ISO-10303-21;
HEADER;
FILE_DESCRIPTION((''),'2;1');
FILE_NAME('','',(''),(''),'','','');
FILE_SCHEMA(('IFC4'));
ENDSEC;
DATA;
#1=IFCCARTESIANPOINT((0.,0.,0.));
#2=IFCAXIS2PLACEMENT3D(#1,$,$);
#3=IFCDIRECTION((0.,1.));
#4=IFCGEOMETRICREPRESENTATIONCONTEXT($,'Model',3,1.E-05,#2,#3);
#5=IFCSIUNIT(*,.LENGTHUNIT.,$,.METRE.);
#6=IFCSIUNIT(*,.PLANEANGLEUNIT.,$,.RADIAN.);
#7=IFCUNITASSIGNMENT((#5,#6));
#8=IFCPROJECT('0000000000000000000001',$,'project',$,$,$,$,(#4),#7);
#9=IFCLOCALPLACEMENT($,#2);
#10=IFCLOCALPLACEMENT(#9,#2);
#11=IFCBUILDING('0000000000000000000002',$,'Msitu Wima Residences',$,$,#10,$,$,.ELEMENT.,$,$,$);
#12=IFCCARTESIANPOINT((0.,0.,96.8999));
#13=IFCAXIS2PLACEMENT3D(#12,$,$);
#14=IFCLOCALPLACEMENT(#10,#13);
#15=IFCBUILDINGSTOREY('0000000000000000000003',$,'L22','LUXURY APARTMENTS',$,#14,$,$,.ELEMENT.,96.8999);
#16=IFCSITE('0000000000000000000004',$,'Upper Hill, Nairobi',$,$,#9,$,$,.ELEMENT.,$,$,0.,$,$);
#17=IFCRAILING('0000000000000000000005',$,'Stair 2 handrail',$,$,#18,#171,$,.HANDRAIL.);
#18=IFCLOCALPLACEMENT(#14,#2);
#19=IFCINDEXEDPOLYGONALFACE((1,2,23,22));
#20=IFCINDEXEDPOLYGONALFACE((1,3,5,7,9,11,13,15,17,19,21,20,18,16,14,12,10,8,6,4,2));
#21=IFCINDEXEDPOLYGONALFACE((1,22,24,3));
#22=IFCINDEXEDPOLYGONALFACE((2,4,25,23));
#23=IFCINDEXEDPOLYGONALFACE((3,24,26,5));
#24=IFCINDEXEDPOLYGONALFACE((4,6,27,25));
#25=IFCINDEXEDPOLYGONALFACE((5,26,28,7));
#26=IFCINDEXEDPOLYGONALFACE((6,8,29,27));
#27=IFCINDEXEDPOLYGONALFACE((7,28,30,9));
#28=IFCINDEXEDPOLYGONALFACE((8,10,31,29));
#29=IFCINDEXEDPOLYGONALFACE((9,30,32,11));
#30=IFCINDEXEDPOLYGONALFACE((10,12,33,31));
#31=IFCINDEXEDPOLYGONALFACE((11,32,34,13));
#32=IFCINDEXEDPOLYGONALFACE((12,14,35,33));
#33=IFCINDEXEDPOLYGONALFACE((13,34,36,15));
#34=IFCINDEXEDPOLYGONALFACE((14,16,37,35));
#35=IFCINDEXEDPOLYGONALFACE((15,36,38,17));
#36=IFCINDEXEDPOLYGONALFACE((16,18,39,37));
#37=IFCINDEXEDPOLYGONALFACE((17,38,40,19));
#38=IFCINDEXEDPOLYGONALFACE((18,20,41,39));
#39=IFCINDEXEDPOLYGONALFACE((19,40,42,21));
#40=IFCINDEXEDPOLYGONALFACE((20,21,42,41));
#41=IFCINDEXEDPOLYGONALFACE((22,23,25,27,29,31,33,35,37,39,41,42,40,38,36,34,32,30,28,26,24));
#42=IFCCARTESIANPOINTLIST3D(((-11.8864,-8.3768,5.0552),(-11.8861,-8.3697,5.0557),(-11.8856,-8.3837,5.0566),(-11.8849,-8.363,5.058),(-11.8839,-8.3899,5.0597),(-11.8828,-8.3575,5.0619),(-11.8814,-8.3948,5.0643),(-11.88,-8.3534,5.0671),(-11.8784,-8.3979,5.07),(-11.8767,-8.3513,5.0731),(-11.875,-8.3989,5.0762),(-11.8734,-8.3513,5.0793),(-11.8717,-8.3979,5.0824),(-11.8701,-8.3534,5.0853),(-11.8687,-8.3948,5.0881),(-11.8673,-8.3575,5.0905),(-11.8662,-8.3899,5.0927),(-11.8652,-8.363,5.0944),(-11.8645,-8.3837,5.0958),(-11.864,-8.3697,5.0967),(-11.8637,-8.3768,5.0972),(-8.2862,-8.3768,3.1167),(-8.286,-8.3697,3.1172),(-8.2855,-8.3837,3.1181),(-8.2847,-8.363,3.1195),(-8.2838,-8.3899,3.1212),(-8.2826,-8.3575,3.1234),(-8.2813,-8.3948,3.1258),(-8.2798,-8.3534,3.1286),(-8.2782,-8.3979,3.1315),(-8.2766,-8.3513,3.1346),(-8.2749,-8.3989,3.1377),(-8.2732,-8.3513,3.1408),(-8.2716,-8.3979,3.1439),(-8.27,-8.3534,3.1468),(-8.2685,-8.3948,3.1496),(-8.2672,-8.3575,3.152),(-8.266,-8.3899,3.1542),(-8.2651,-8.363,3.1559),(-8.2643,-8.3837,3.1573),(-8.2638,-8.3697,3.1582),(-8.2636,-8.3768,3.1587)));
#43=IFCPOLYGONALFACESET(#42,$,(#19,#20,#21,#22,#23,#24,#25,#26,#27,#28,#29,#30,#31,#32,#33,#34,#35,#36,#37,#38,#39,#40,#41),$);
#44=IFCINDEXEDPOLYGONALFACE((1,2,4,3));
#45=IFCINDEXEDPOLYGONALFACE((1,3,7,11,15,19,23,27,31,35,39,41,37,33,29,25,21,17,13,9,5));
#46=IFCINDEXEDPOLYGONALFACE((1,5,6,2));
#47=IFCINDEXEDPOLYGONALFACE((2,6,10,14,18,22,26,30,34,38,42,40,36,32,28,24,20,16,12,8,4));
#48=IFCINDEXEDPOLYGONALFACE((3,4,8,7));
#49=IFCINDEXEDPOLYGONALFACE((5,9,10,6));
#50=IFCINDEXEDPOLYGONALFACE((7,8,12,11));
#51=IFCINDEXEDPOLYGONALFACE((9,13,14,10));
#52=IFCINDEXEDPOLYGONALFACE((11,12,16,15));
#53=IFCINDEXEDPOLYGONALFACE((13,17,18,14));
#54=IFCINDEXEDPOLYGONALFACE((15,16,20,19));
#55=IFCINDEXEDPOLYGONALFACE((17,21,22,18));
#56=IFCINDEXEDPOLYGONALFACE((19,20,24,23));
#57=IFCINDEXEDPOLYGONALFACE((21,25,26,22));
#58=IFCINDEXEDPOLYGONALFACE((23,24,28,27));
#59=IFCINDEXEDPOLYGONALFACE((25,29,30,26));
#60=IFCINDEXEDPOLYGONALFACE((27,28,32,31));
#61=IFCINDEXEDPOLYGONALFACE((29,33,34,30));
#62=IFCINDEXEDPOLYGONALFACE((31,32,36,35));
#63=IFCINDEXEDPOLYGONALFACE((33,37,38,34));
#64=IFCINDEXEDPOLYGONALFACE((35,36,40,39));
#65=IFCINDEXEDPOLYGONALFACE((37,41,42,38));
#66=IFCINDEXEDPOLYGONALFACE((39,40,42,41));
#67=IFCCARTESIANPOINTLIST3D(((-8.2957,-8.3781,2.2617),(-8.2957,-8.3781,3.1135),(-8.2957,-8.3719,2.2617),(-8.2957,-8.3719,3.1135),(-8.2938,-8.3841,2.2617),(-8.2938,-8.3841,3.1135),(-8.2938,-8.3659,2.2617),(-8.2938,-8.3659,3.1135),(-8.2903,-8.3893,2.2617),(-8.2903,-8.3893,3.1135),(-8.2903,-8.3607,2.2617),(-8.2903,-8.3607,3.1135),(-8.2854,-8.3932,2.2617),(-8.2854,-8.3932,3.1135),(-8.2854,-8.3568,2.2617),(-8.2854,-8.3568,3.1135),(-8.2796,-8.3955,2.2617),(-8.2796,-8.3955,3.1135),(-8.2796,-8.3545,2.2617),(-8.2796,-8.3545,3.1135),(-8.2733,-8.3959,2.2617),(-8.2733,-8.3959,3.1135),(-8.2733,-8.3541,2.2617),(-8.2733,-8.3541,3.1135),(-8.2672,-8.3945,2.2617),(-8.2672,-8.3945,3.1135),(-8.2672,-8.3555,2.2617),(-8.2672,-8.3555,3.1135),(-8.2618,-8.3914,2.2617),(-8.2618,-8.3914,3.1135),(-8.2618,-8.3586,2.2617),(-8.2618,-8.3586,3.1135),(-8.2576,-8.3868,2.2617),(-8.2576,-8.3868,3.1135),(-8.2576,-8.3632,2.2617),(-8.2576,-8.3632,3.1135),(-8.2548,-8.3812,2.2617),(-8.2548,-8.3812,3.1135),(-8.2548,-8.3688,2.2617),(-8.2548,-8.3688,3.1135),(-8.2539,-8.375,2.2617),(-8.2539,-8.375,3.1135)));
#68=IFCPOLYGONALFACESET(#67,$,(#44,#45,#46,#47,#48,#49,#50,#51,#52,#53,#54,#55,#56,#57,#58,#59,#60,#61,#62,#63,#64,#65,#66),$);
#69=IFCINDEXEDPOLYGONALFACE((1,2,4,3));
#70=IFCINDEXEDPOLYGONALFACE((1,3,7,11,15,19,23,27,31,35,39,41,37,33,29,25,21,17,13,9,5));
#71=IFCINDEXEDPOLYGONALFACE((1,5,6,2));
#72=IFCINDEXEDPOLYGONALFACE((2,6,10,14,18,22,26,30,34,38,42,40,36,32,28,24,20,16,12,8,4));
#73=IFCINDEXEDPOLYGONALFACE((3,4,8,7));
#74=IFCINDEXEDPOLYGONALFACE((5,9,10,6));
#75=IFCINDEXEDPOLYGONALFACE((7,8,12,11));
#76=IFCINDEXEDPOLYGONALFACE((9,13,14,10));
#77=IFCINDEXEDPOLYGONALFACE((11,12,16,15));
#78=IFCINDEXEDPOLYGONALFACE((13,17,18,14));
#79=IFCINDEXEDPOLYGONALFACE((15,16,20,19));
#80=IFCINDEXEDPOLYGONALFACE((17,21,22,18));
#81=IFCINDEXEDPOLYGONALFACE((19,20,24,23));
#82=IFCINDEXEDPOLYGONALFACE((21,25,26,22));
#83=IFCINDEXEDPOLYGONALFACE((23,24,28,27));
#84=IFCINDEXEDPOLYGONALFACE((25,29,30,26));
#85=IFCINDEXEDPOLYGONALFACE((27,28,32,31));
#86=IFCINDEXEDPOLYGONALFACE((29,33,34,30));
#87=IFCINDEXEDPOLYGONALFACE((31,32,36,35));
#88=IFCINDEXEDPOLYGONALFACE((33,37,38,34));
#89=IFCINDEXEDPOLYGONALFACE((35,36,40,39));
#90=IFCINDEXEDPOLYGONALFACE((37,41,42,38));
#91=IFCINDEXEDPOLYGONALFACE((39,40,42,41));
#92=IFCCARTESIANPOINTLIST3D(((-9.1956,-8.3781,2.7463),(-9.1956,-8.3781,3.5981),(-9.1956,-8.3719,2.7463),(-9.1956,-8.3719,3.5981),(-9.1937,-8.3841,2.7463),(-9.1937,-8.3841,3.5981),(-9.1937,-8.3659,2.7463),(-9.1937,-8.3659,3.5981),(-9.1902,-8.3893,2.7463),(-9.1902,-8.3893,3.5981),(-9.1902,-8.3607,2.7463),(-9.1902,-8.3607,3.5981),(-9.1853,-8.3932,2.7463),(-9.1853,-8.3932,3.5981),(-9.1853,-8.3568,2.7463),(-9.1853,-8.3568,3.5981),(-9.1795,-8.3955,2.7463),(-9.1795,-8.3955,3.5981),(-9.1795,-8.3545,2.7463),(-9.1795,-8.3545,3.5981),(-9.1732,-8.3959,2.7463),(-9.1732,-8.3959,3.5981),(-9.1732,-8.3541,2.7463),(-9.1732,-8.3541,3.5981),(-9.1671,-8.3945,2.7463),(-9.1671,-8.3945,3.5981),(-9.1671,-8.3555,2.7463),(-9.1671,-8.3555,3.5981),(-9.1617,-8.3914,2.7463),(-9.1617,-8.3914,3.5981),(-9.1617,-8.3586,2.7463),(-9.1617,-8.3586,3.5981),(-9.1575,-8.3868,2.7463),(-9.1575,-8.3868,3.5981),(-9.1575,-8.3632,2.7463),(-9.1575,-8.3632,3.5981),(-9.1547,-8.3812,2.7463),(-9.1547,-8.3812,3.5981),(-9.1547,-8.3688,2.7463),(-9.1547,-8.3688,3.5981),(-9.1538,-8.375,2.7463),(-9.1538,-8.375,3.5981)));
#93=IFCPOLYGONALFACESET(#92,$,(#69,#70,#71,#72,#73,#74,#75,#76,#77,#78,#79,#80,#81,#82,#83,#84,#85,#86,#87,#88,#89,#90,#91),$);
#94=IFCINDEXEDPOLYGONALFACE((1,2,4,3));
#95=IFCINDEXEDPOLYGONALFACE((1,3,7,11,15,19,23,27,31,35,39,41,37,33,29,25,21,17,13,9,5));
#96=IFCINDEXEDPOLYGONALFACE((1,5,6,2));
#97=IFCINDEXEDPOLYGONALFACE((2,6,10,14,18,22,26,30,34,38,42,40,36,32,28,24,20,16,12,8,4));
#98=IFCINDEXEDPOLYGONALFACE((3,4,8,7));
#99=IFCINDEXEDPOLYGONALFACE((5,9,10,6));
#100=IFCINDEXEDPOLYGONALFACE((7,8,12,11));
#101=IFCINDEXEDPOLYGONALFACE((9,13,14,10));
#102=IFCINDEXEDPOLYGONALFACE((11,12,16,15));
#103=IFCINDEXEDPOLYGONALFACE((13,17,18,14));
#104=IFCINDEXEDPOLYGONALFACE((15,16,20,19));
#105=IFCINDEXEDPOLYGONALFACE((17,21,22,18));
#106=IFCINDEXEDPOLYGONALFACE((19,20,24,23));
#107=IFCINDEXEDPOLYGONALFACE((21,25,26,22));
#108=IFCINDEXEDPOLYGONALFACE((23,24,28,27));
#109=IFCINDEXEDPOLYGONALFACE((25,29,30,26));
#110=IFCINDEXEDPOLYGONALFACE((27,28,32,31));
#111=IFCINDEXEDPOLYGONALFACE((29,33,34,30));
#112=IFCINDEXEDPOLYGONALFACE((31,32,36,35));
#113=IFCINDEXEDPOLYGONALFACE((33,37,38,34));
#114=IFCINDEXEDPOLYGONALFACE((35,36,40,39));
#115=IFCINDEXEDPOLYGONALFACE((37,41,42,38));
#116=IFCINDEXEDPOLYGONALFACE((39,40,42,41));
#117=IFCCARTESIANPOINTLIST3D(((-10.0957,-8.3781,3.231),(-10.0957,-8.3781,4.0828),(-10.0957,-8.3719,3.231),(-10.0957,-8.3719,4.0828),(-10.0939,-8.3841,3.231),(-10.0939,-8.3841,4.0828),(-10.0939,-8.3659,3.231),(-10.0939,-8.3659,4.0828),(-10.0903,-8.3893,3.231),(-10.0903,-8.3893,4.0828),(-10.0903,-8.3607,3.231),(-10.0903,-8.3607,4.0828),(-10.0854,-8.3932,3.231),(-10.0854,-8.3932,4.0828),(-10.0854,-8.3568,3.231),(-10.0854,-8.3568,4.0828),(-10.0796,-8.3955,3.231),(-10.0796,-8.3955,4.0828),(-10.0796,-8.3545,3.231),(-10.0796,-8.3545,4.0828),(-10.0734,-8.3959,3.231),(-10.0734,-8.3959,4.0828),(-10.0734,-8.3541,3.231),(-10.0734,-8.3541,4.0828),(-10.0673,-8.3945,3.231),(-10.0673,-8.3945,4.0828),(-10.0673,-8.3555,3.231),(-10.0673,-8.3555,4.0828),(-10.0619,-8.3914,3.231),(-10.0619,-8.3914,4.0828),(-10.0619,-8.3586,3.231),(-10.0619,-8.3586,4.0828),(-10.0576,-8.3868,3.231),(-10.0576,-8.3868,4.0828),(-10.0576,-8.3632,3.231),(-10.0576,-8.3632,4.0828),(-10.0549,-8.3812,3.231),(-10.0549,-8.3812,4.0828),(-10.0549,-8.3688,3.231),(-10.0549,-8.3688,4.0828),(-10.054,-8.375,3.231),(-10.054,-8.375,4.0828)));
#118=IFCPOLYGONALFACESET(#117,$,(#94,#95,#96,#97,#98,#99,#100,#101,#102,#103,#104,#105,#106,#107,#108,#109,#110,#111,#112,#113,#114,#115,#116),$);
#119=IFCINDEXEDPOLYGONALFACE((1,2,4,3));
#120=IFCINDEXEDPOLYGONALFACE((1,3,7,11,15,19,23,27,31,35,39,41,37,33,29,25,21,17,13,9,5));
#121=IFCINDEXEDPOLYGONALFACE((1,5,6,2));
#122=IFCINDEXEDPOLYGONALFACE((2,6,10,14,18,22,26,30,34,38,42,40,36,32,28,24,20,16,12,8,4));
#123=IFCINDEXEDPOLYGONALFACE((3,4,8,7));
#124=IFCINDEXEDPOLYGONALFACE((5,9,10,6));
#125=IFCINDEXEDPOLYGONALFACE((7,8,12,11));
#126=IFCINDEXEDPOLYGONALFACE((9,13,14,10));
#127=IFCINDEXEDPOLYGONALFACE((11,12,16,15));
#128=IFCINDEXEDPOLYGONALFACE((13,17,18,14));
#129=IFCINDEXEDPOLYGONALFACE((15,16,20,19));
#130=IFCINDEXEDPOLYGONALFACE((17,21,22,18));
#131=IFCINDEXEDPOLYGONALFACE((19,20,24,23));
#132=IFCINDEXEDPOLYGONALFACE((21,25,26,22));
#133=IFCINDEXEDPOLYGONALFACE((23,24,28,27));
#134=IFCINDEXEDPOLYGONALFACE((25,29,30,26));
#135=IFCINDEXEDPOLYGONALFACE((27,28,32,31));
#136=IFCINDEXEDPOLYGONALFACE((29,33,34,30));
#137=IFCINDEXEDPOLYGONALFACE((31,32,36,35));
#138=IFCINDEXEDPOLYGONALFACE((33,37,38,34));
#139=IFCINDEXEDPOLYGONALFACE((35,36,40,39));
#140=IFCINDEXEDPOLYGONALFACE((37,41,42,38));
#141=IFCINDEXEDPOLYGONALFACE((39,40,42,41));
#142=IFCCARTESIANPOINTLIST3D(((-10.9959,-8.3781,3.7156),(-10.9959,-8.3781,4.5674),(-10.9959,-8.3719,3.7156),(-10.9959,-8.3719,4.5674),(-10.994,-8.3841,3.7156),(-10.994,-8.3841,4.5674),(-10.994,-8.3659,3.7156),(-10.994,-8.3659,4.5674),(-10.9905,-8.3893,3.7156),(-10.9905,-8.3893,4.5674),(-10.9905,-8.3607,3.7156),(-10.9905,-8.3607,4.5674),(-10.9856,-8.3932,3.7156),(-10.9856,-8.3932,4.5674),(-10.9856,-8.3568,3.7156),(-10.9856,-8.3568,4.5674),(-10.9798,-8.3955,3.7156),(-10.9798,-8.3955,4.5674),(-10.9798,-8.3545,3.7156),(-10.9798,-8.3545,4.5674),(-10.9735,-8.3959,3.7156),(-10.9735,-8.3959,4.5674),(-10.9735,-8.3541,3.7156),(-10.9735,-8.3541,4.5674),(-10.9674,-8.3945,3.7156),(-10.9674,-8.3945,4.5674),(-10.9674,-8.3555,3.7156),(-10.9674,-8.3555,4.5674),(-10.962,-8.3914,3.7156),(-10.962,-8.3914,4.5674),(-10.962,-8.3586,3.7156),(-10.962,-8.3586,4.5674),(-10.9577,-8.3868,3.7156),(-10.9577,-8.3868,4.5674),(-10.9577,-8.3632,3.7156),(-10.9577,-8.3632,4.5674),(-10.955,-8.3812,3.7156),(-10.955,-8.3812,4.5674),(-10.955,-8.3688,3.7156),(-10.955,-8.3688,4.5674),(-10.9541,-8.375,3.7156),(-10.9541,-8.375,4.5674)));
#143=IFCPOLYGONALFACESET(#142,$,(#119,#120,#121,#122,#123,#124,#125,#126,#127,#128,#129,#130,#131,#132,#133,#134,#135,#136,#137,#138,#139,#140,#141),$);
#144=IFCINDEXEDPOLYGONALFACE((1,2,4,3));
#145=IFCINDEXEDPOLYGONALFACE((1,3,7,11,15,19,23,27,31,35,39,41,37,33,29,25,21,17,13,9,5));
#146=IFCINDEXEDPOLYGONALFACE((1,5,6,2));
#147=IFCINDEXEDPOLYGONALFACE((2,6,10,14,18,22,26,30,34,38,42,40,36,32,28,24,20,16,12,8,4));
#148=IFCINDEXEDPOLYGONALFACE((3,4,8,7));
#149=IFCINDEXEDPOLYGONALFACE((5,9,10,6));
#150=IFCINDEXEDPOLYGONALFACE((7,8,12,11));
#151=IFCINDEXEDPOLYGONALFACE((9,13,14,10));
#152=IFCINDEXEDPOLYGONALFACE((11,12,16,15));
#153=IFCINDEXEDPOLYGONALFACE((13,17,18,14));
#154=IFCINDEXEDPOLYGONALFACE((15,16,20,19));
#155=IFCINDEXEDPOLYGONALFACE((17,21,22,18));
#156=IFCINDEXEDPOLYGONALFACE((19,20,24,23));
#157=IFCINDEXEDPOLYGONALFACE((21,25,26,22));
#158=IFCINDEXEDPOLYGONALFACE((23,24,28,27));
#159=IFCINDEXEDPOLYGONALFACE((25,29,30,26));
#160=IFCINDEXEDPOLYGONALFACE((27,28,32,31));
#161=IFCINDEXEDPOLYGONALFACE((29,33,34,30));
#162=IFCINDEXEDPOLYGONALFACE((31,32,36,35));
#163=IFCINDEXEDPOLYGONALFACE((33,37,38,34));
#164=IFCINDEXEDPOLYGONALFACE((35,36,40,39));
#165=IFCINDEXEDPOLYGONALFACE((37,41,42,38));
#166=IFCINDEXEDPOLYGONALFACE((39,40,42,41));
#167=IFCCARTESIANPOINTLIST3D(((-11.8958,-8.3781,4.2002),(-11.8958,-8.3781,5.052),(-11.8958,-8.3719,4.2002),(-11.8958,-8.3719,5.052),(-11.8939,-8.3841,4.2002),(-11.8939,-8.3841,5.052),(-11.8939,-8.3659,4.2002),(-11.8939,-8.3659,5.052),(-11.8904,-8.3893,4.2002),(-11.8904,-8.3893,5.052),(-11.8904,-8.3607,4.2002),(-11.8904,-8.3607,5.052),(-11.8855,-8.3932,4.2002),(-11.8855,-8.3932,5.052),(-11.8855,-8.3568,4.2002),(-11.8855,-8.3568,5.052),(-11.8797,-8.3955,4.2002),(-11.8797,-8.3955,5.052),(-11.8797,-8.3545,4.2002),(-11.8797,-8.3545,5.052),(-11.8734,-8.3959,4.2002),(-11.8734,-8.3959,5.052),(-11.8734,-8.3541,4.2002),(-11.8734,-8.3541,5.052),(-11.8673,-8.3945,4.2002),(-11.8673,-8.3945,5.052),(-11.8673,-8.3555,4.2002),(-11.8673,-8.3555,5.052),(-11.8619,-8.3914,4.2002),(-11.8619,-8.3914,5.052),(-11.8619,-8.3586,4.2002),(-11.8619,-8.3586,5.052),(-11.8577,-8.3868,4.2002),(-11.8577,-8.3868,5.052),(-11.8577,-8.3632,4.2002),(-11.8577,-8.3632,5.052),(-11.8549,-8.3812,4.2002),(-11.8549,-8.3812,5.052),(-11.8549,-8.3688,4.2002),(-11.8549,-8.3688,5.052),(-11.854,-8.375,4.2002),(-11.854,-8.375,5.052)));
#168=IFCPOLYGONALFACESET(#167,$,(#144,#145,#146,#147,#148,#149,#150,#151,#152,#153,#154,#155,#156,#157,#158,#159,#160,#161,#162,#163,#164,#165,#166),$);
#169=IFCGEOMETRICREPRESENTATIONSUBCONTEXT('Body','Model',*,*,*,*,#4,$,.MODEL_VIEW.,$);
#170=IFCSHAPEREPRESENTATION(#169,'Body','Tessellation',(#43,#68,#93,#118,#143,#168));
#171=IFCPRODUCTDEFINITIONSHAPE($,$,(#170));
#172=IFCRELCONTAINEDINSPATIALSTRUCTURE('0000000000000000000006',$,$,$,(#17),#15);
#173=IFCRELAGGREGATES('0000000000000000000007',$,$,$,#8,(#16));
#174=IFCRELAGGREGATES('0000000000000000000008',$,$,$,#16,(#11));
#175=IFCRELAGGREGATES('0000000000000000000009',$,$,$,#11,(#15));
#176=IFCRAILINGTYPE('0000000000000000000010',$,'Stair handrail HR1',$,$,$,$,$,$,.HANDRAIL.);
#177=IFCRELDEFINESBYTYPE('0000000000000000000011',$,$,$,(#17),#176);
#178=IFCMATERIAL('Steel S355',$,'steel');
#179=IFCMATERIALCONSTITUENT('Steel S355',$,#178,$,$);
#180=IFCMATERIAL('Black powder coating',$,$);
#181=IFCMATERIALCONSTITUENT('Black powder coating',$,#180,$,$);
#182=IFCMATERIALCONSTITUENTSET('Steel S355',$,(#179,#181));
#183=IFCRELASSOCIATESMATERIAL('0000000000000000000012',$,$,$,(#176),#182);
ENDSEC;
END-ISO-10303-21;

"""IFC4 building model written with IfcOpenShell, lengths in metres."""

from ifc_helpers import new_model, si_unit, direction, frame, origin, origin_2d, place, context, subcontext, project, spatial, circle, extrude, material, constituent, constituent_set, type_object, element, save


model = new_model("IFC4")

# Units and contexts
model_context = context("Model", 3, precision=1e-05, world=origin(), true_north=direction((0.0, 1.0)))
body_context = subcontext(model_context, "Body", "Model", "MODEL_VIEW")
ifc_project = project(units=[si_unit("LENGTHUNIT", "METRE"), si_unit("PLANEANGLEUNIT", "RADIAN")], contexts=[model_context])

# Site, building, storey
site_placement = place(None, origin())
site = spatial("IfcSite", under=ifc_project, at=site_placement, Name="Upper Hill, Nairobi", CompositionType="ELEMENT", RefElevation=0.0)
building_placement = place(site_placement, origin())
building = spatial("IfcBuilding", under=site, at=building_placement, Name="Msitu Wima Residences", CompositionType="ELEMENT")
storey_placement = place(building_placement, frame((0.0, 0.0, 96.8999)))
storey = spatial("IfcBuildingStorey", under=building, at=storey_placement, Name="L22", Description="LUXURY APARTMENTS", CompositionType="ELEMENT", Elevation=96.8999)

# Railing
ifc_material_1 = material(Name="Steel S355", Category="steel")
ifc_constituent_1 = constituent(ifc_material_1, Name="Steel S355")
ifc_material_2 = material(Name="Black powder coating")
ifc_constituent_2 = constituent(ifc_material_2, Name="Black powder coating")
ifc_constituent_set = constituent_set(constituents=[ifc_constituent_1, ifc_constituent_2], Name="Steel S355")
railing_type = type_object("IfcRailingType", Name="Stair handrail HR1", PredefinedType="HANDRAIL", material=ifc_constituent_set)
for number, where, name in (
    (1, (-8.2749, -8.375, 2.2617), "Stair 2 handrail"),
):
    element("IfcRailing", number, at=place(storey_placement, frame(where)), inside=storey, type_object=railing_type, Name=name, PredefinedType="HANDRAIL", context=body_context, shape_type="SweptSolid", body=[
        extrude(circle(Radius=0.0239, at=origin_2d()), frame((0.0, 0.0, 0.876), z_axis=(-0.880475, 0.0, 0.474093), x_axis=(0.0, -1.0, 0.0)), (0.0, 0.0, 1.0), 4.0889),
        extrude(circle(Radius=0.021, at=origin_2d()), origin(), (0.0, 0.0, 1.0), 0.8518),
        extrude(circle(Radius=0.021, at=origin_2d()), frame((-0.8999, 0.0, 0.4846)), (0.0, 0.0, 1.0), 0.8518),
        extrude(circle(Radius=0.021, at=origin_2d()), frame((-1.8, 0.0, 0.9692)), (0.0, 0.0, 1.0), 0.8518),
        extrude(circle(Radius=0.021, at=origin_2d()), frame((-2.7002, 0.0, 1.4539)), (0.0, 0.0, 1.0), 0.8518),
        extrude(circle(Radius=0.021, at=origin_2d()), frame((-3.6001, 0.0, 1.9385)), (0.0, 0.0, 1.0), 0.8518),
    ])

save(model, "model.ifc")
